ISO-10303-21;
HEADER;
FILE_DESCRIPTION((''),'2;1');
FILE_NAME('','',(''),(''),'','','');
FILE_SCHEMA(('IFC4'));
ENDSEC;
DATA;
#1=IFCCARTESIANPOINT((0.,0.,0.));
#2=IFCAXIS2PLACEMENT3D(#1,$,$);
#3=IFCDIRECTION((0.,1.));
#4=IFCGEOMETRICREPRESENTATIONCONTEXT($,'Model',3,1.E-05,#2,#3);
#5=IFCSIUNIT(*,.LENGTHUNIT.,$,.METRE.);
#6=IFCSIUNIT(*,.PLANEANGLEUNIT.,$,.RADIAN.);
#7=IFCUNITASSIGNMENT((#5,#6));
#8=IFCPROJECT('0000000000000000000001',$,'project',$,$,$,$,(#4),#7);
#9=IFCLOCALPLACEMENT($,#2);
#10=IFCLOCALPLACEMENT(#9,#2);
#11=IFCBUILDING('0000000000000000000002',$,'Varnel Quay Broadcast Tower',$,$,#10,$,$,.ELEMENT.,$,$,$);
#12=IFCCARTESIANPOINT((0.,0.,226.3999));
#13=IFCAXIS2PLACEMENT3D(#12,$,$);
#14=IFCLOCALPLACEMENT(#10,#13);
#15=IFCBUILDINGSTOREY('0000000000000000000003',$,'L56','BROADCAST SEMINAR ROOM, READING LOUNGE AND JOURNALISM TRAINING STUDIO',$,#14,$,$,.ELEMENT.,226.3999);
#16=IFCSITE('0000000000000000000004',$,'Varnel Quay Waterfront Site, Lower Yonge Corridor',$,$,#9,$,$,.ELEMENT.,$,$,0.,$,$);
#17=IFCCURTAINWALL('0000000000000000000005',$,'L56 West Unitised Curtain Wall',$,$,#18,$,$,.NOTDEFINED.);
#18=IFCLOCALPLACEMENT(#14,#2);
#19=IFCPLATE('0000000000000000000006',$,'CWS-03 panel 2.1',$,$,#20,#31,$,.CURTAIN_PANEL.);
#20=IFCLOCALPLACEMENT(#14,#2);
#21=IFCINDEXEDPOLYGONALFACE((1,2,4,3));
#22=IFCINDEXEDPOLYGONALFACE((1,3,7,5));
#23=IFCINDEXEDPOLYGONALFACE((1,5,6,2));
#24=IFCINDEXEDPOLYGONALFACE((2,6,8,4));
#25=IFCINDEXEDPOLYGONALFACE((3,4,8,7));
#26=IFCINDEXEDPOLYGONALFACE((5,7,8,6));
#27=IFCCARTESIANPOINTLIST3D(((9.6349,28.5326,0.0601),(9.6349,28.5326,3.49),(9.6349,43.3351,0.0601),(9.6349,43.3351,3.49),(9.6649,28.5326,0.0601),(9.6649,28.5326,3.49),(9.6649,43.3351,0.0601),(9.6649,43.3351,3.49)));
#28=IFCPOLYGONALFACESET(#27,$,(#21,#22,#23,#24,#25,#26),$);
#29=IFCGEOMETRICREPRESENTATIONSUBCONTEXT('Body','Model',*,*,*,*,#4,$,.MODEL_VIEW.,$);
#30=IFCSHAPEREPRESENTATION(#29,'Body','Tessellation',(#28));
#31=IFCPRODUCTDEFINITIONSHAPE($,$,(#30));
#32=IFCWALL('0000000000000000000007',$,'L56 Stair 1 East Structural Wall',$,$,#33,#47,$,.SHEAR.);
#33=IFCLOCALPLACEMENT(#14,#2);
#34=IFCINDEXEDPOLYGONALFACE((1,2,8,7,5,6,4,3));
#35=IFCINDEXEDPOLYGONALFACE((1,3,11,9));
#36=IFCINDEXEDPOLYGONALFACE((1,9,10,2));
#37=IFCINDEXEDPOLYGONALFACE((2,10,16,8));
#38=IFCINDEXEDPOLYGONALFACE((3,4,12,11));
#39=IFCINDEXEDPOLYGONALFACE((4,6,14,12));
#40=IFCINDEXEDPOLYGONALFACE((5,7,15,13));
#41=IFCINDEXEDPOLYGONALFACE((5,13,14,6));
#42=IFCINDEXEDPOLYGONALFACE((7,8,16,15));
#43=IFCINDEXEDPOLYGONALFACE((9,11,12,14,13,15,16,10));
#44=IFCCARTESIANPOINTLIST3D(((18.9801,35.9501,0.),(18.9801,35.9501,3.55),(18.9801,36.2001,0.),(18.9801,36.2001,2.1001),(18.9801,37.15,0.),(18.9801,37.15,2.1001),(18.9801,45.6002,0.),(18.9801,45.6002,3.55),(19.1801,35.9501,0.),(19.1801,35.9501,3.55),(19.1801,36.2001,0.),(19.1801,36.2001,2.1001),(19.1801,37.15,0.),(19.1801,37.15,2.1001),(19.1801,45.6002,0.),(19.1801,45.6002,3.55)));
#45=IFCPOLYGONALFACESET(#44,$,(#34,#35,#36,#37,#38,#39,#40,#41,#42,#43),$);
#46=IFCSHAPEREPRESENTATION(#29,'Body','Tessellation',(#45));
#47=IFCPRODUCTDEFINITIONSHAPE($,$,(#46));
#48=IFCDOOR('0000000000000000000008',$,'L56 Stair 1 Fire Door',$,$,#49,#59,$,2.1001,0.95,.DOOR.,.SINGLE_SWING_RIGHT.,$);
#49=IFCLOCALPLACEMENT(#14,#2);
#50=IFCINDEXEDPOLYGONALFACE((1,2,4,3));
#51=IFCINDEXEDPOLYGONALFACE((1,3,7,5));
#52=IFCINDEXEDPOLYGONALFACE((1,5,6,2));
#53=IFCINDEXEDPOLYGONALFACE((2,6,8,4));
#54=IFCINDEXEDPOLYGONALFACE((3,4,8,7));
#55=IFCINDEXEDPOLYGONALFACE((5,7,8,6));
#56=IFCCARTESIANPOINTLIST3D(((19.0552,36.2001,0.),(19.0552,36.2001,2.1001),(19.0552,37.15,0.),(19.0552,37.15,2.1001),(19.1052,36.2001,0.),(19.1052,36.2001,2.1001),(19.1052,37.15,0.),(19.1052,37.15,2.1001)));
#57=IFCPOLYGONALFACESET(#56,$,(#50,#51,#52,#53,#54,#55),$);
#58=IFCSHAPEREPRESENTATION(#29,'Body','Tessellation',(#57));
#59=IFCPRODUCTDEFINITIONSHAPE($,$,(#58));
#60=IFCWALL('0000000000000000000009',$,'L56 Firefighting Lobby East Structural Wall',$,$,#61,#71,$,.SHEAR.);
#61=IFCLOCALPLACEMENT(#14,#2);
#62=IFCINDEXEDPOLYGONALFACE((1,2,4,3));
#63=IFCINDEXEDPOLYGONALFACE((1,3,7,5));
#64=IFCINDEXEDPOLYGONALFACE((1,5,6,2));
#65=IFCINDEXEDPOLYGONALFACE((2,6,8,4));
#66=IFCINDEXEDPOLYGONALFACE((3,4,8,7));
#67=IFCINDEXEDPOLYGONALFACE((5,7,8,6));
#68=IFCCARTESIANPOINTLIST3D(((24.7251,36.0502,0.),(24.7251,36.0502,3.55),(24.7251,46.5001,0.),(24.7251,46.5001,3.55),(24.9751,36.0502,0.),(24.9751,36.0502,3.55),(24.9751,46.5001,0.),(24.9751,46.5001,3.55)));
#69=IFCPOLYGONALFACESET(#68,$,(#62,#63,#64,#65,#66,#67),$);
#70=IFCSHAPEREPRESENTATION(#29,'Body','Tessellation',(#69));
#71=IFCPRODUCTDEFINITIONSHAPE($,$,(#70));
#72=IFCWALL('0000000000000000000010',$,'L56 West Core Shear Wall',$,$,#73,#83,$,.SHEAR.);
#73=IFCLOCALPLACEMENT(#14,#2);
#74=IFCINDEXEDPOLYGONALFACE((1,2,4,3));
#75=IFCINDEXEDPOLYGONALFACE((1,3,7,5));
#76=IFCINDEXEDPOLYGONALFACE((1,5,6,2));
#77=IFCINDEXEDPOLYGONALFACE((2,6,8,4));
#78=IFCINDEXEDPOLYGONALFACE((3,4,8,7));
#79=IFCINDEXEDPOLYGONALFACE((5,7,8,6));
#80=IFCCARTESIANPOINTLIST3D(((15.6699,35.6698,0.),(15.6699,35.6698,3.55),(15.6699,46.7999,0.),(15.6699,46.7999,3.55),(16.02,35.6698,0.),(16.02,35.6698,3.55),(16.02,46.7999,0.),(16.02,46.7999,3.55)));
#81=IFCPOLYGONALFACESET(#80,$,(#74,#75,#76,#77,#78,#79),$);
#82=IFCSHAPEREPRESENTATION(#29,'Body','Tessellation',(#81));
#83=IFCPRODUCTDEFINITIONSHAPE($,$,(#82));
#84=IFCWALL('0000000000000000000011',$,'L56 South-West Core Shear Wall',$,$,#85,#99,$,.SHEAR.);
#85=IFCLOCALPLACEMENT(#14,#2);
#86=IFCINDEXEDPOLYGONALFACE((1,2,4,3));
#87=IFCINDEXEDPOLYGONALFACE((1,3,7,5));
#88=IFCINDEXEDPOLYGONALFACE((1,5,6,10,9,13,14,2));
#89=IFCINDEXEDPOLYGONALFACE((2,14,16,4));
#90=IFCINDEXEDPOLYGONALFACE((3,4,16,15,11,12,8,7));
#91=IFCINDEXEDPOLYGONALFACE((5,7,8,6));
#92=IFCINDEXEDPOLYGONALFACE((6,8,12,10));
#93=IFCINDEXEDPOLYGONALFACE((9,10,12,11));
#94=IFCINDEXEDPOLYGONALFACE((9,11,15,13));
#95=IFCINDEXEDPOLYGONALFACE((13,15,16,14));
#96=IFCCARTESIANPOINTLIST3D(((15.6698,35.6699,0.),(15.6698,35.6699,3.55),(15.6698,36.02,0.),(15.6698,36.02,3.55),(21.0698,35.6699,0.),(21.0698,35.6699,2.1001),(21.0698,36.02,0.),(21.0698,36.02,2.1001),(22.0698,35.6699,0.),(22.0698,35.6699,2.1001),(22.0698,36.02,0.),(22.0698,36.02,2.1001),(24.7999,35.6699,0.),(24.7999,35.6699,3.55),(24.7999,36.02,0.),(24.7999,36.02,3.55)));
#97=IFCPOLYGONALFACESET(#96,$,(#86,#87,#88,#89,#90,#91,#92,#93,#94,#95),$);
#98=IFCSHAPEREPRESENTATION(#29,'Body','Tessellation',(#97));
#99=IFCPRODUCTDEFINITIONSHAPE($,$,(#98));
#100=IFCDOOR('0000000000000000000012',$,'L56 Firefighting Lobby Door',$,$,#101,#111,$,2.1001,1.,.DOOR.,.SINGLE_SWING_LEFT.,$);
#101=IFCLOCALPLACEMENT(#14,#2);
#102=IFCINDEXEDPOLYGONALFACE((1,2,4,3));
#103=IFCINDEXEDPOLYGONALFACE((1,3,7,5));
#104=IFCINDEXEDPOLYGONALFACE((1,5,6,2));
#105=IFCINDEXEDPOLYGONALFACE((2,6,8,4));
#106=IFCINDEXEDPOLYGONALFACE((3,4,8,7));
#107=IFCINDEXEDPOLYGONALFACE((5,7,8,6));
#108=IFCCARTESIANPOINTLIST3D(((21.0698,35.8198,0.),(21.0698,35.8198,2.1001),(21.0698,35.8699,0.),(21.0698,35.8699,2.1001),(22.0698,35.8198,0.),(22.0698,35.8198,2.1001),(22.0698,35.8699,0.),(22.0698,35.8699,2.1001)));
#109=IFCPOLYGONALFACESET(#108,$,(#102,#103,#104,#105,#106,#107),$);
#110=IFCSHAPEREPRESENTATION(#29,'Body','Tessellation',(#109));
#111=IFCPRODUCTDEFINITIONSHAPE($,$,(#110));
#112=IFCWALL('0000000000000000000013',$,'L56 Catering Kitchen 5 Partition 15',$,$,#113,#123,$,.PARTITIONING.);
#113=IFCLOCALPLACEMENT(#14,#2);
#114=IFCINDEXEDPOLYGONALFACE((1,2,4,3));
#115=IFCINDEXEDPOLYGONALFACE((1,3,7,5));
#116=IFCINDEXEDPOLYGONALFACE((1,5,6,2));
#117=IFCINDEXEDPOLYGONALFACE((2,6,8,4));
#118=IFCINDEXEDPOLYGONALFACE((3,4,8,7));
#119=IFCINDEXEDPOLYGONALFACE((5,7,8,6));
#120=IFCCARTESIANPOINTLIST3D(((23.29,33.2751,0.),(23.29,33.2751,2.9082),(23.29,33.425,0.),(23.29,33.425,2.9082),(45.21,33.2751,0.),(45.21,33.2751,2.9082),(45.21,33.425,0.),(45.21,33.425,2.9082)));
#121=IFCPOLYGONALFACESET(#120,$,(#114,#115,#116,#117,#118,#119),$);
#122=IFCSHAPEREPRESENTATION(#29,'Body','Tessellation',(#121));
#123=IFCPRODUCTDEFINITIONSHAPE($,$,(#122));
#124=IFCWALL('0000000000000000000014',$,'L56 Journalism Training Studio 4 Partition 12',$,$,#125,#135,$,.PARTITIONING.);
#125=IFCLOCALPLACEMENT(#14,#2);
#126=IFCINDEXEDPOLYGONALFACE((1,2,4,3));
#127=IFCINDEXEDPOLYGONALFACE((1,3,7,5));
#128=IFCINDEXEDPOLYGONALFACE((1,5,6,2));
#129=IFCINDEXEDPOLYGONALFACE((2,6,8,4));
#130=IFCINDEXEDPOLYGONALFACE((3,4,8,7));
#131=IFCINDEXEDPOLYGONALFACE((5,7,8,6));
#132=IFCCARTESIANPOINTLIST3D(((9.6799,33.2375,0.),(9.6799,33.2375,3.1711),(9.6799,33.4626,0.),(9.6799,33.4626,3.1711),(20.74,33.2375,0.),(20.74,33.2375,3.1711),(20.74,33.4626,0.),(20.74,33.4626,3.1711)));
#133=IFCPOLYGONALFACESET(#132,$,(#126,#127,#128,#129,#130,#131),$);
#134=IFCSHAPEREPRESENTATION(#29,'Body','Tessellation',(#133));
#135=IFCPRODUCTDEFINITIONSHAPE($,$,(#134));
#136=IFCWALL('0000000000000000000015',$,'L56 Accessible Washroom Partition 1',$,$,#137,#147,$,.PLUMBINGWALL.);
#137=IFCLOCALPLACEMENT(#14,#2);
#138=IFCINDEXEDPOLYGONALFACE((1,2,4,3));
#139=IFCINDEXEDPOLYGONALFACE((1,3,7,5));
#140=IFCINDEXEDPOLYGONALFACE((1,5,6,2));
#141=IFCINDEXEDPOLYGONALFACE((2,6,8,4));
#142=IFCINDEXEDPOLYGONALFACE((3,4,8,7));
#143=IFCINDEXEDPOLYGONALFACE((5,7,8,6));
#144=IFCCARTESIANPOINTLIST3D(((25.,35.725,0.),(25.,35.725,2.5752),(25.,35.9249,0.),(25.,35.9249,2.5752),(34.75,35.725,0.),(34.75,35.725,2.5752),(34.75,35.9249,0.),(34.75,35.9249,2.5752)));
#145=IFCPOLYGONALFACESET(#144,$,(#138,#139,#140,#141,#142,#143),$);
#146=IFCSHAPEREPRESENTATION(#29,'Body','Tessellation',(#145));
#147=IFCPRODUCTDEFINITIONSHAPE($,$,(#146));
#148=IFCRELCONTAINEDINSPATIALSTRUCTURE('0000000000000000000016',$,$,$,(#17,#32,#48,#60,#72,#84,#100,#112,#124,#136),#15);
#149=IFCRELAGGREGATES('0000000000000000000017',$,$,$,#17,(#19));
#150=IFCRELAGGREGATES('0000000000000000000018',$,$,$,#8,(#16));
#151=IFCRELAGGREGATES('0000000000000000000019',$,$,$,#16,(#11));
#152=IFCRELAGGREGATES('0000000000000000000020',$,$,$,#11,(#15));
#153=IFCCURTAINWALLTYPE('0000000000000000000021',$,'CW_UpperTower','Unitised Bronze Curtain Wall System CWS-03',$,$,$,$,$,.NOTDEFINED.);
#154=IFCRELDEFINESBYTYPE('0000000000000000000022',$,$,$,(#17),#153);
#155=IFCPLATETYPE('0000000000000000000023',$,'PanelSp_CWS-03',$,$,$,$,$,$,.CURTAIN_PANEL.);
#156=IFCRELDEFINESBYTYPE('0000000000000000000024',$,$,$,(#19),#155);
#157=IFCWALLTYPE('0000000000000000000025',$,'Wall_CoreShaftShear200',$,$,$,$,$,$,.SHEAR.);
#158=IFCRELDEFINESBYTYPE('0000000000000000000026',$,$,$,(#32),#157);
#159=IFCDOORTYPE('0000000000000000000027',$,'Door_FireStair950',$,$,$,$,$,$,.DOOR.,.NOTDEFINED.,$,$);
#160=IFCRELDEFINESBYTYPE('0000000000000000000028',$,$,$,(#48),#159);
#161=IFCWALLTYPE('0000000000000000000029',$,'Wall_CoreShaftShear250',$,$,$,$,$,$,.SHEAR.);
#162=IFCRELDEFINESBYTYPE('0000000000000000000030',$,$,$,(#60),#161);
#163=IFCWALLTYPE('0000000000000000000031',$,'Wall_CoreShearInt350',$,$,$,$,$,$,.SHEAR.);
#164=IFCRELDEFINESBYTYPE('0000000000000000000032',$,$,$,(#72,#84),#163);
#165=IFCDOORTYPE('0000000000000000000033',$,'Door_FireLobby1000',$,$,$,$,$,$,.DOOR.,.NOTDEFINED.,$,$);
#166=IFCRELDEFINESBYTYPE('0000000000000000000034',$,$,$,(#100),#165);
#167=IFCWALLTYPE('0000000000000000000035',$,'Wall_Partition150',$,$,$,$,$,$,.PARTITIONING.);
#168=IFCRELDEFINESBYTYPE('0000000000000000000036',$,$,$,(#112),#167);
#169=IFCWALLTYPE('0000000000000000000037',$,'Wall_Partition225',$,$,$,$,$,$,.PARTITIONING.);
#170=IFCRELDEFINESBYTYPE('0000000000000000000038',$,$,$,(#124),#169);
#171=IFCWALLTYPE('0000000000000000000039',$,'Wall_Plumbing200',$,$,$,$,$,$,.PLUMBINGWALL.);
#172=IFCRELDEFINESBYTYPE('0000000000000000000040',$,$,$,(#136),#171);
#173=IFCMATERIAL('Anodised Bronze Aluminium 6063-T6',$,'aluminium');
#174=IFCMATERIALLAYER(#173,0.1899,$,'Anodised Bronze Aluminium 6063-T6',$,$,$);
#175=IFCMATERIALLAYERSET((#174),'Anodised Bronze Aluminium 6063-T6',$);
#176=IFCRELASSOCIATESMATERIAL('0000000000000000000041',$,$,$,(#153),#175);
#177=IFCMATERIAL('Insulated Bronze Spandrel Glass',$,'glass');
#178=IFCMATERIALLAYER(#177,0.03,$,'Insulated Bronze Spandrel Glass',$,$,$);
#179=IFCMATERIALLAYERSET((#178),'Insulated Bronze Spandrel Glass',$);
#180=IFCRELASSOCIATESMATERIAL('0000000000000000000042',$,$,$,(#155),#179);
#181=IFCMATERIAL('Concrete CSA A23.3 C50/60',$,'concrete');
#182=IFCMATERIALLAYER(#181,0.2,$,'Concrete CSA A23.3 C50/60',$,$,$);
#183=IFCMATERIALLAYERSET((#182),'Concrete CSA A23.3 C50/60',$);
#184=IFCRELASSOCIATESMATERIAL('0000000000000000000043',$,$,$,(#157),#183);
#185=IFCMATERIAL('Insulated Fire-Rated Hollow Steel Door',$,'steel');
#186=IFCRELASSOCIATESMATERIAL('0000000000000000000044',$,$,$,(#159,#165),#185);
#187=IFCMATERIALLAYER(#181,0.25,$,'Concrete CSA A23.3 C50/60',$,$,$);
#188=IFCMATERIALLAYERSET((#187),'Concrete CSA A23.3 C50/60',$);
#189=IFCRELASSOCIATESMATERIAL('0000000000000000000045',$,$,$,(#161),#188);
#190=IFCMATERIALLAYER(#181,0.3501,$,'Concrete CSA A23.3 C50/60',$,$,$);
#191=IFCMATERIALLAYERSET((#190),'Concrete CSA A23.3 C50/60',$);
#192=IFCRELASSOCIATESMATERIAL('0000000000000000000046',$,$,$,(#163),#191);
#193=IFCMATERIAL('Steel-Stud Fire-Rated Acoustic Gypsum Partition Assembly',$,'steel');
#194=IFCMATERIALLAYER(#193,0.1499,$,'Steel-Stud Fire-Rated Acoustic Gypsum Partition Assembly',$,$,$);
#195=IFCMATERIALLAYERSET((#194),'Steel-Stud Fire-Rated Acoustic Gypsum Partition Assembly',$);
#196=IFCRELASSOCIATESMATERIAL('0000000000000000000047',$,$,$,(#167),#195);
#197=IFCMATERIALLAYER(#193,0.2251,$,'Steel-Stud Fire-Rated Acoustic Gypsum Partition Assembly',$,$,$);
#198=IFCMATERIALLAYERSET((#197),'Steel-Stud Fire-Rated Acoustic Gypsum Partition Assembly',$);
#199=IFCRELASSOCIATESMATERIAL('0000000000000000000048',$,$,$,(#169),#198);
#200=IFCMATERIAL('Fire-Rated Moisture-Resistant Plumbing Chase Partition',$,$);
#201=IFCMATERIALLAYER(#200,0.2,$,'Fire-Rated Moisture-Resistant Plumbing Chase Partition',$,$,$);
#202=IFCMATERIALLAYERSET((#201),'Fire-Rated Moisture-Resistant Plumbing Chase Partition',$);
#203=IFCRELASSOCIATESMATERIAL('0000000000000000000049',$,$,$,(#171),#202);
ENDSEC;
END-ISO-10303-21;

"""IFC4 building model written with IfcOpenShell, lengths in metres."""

from ifc_helpers import new_model, si_unit, direction, frame, frame_2d, origin, origin_2d, place, context, subcontext, project, spatial, rectangle, extrude, source, transform, mapped, material, layer, layer_set, type_object, type_shapes, element, fill, aggregate, save


model = new_model("IFC4")

# Units and contexts
model_context = context("Model", 3, precision=1e-05, world=origin(), true_north=direction((0.0, 1.0)))
body_context = subcontext(model_context, "Body", "Model", "MODEL_VIEW")
ifc_project = project(units=[si_unit("LENGTHUNIT", "METRE"), si_unit("PLANEANGLEUNIT", "RADIAN")], contexts=[model_context])

# Site, building, storey
site_placement = place(None, origin())
site = spatial("IfcSite", under=ifc_project, at=site_placement, Name="Varnel Quay Waterfront Site, Lower Yonge Corridor", CompositionType="ELEMENT", RefElevation=0.0)
building_placement = place(site_placement, origin())
building = spatial("IfcBuilding", under=site, at=building_placement, Name="Varnel Quay Broadcast Tower", CompositionType="ELEMENT")
storey_placement = place(building_placement, frame((0.0, 0.0, 226.3999)))
storey = spatial("IfcBuildingStorey", under=building, at=storey_placement, Name="L56", Description="BROADCAST SEMINAR ROOM, READING LOUNGE AND JOURNALISM TRAINING STUDIO", CompositionType="ELEMENT", Elevation=226.3999)

# Shared definitions
ifc_material_1 = material(Name="Concrete CSA A23.3 C50/60", Category="concrete")

# Curtain wall
ifc_material_2 = material(Name="Anodised Bronze Aluminium 6063-T6", Category="aluminium")
ifc_layer_1 = layer(ifc_material_2, 0.1899, Name="Anodised Bronze Aluminium 6063-T6")
ifc_layer_set_1 = layer_set([ifc_layer_1], Name="Anodised Bronze Aluminium 6063-T6")
curtain_wall_type = type_object("IfcCurtainWallType", Name="CW_UpperTower", Description="Unitised Bronze Curtain Wall System CWS-03", PredefinedType="NOTDEFINED", material=ifc_layer_set_1)
curtain_wall_placement = place(storey_placement, origin())
curtain_wall = element("IfcCurtainWall", 1, at=curtain_wall_placement, inside=storey, type_object=curtain_wall_type, Name="L56 West Unitised Curtain Wall", PredefinedType="NOTDEFINED")

# Plate
ifc_material_3 = material(Name="Insulated Bronze Spandrel Glass", Category="glass")
ifc_layer_2 = layer(ifc_material_3, 0.03, Name="Insulated Bronze Spandrel Glass")
ifc_layer_set_2 = layer_set([ifc_layer_2], Name="Insulated Bronze Spandrel Glass")
plate_type_1 = type_object("IfcPlateType", Name="PanelSp_CWS-03", PredefinedType="CURTAIN_PANEL", material=ifc_layer_set_2)
shared_shape_1 = source(origin(), body_context, "Body", "SweptSolid", [
    extrude(rectangle(XDim=14.8025, YDim=0.03, at=origin_2d()), origin(), (0.0, 0.0, 1.0), 3.4299),
])
type_shapes(plate_type_1, [shared_shape_1])
plate_1_placement = place(storey_placement, frame((9.6499, 35.9338, 0.0601), z_axis=(0.0, 0.0, 1.0), x_axis=(0.0, 1.0, 0.0)))
plate_1 = element("IfcPlate", 2, at=plate_1_placement, type_object=plate_type_1, Name="CWS-03 panel 2.1", PredefinedType="CURTAIN_PANEL", context=body_context, shape_type="MappedRepresentation", body=[
    mapped(shared_shape_1, transform((0.0, 0.0, 0.0), x_axis=(1.0, 0.0, 0.0), y_axis=(0.0, 1.0, 0.0), z_axis=(0.0, 0.0, 1.0), scale=1.0)),
])
aggregate(curtain_wall, [plate_1])

# Wall, opening, door
ifc_layer_3 = layer(ifc_material_1, 0.2, Name="Concrete CSA A23.3 C50/60")
ifc_layer_set_3 = layer_set([ifc_layer_3], Name="Concrete CSA A23.3 C50/60")
wall_type_1 = type_object("IfcWallType", Name="Wall_CoreShaftShear200", PredefinedType="SHEAR", material=ifc_layer_set_3)
wall_1_placement = place(storey_placement, frame((19.0801, 35.95, 0.0), z_axis=(0.0, 0.0, 1.0), x_axis=(0.0, 1.0, 0.0)))
wall_1 = element("IfcWall", 3, at=wall_1_placement, inside=storey, type_object=wall_type_1, Name="L56 Stair 1 East Structural Wall", PredefinedType="SHEAR", context=body_context, shape_type="SweptSolid", body=[
    extrude(rectangle(XDim=9.6501, YDim=0.2, at=frame_2d((4.8252, 0.0))), origin(), (0.0, 0.0, 1.0), 3.55),
])
opening_1_placement = place(wall_1_placement, frame((0.25, 0.0, 0.0)))
opening_1 = element("IfcOpeningElement", 4, at=opening_1_placement, cuts=wall_1, PredefinedType="OPENING", context=body_context, shape_type="SweptSolid", body=[
    extrude(rectangle(XDim=0.95, YDim=2.1001, at=frame_2d((0.4751, 1.05))), frame((0.0, 0.1099, 0.0), z_axis=(0.0, -1.0, 0.0), x_axis=(1.0, 0.0, 0.0)), (0.0, 0.0, 1.0), 0.22),
])
ifc_material_4 = material(Name="Insulated Fire-Rated Hollow Steel Door", Category="steel")
door_type_1 = type_object("IfcDoorType", Name="Door_FireStair950", OperationType="NOTDEFINED", PredefinedType="DOOR", material=ifc_material_4)
shared_shape_2 = source(origin(), body_context, "Body", "SweptSolid", [
    extrude(rectangle(XDim=0.95, YDim=2.1001, at=frame_2d((0.4751, 1.05))), frame((0.0, 0.0249, 0.0), z_axis=(0.0, -1.0, 0.0), x_axis=(1.0, 0.0, 0.0)), (0.0, 0.0, 1.0), 0.05),
])
type_shapes(door_type_1, [shared_shape_2])
door_1_placement = place(opening_1_placement, origin())
door_1 = element("IfcDoor", 5, at=door_1_placement, inside=storey, type_object=door_type_1, Name="L56 Stair 1 Fire Door", OperationType="SINGLE_SWING_RIGHT", OverallHeight=2.1001, OverallWidth=0.95, PredefinedType="DOOR", context=body_context, shape_type="MappedRepresentation", body=[
    mapped(shared_shape_2, transform((0.0, 0.0, 0.0), x_axis=(1.0, 0.0, 0.0), y_axis=(0.0, 1.0, 0.0), z_axis=(0.0, 0.0, 1.0), scale=1.0)),
])
fill(opening_1, door_1)

# Walls
ifc_layer_4 = layer(ifc_material_1, 0.25, Name="Concrete CSA A23.3 C50/60")
ifc_layer_set_4 = layer_set([ifc_layer_4], Name="Concrete CSA A23.3 C50/60")
wall_type_2 = type_object("IfcWallType", Name="Wall_CoreShaftShear250", PredefinedType="SHEAR", material=ifc_layer_set_4)
wall_2_placement = place(storey_placement, frame((24.8501, 36.05, 0.0), z_axis=(0.0, 0.0, 1.0), x_axis=(0.0, 1.0, 0.0)))
element("IfcWall", 6, at=wall_2_placement, inside=storey, type_object=wall_type_2, Name="L56 Firefighting Lobby East Structural Wall", PredefinedType="SHEAR", context=body_context, shape_type="SweptSolid", body=[
    extrude(rectangle(XDim=10.45, YDim=0.25, at=frame_2d((5.2251, 0.0))), origin(), (0.0, 0.0, 1.0), 3.55),
])
ifc_layer_5 = layer(ifc_material_1, 0.3501, Name="Concrete CSA A23.3 C50/60")
ifc_layer_set_5 = layer_set([ifc_layer_5], Name="Concrete CSA A23.3 C50/60")
wall_type_3 = type_object("IfcWallType", Name="Wall_CoreShearInt350", PredefinedType="SHEAR", material=ifc_layer_set_5)
wall_3_placement = place(storey_placement, frame((15.845, 35.6699, 0.0), z_axis=(0.0, 0.0, 1.0), x_axis=(0.0, 1.0, 0.0)))
element("IfcWall", 7, at=wall_3_placement, inside=storey, type_object=wall_type_3, Name="L56 West Core Shear Wall", PredefinedType="SHEAR", context=body_context, shape_type="SweptSolid", body=[
    extrude(rectangle(XDim=11.1301, YDim=0.3501, at=frame_2d((5.5649, 0.0))), origin(), (0.0, 0.0, 1.0), 3.55),
])

# Wall, opening, door
wall_4_placement = place(storey_placement, frame((15.6699, 35.845, 0.0), z_axis=(0.0, 0.0, 1.0), x_axis=(1.0, 0.0, 0.0)))
wall_4 = element("IfcWall", 8, at=wall_4_placement, inside=storey, type_object=wall_type_3, Name="L56 South-West Core Shear Wall", PredefinedType="SHEAR", context=body_context, shape_type="SweptSolid", body=[
    extrude(rectangle(XDim=9.1301, YDim=0.3501, at=frame_2d((4.5649, 0.0))), origin(), (0.0, 0.0, 1.0), 3.55),
])
opening_2_placement = place(wall_4_placement, frame((5.3999, 0.0, 0.0)))
opening_2 = element("IfcOpeningElement", 9, at=opening_2_placement, cuts=wall_4, PredefinedType="OPENING", context=body_context, shape_type="SweptSolid", body=[
    extrude(rectangle(XDim=1.0, YDim=2.1001, at=frame_2d((0.5, 1.05))), frame((0.0, 0.1851, 0.0), z_axis=(0.0, -1.0, 0.0), x_axis=(1.0, 0.0, 0.0)), (0.0, 0.0, 1.0), 0.3701),
])
door_type_2 = type_object("IfcDoorType", Name="Door_FireLobby1000", OperationType="NOTDEFINED", PredefinedType="DOOR", material=ifc_material_4)
shared_shape_3 = source(origin(), body_context, "Body", "SweptSolid", [
    extrude(rectangle(XDim=1.0, YDim=2.1001, at=frame_2d((0.5, 1.05))), frame((0.0, 0.0249, 0.0), z_axis=(0.0, -1.0, 0.0), x_axis=(1.0, 0.0, 0.0)), (0.0, 0.0, 1.0), 0.05),
])
type_shapes(door_type_2, [shared_shape_3])
door_2_placement = place(opening_2_placement, origin())
door_2 = element("IfcDoor", 10, at=door_2_placement, inside=storey, type_object=door_type_2, Name="L56 Firefighting Lobby Door", OperationType="SINGLE_SWING_LEFT", OverallHeight=2.1001, OverallWidth=1.0, PredefinedType="DOOR", context=body_context, shape_type="MappedRepresentation", body=[
    mapped(shared_shape_3, transform((0.0, 0.0, 0.0), x_axis=(1.0, 0.0, 0.0), y_axis=(0.0, 1.0, 0.0), z_axis=(0.0, 0.0, 1.0), scale=1.0)),
])
fill(opening_2, door_2)

# Walls
ifc_material_5 = material(Name="Steel-Stud Fire-Rated Acoustic Gypsum Partition Assembly", Category="steel")
ifc_layer_6 = layer(ifc_material_5, 0.1499, Name="Steel-Stud Fire-Rated Acoustic Gypsum Partition Assembly")
ifc_layer_set_6 = layer_set([ifc_layer_6], Name="Steel-Stud Fire-Rated Acoustic Gypsum Partition Assembly")
wall_type_4 = type_object("IfcWallType", Name="Wall_Partition150", PredefinedType="PARTITIONING", material=ifc_layer_set_6)
wall_5_placement = place(storey_placement, frame((23.29, 33.3501, 0.0), z_axis=(0.0, 0.0, 1.0), x_axis=(1.0, 0.0, 0.0)))
element("IfcWall", 11, at=wall_5_placement, inside=storey, type_object=wall_type_4, Name="L56 Catering Kitchen 5 Partition 15", PredefinedType="PARTITIONING", context=body_context, shape_type="SweptSolid", body=[
    extrude(rectangle(XDim=21.9199, YDim=0.1499, at=frame_2d((10.96, 0.0))), origin(), (0.0, 0.0, 1.0), 2.9082),
])
ifc_layer_7 = layer(ifc_material_5, 0.2251, Name="Steel-Stud Fire-Rated Acoustic Gypsum Partition Assembly")
ifc_layer_set_7 = layer_set([ifc_layer_7], Name="Steel-Stud Fire-Rated Acoustic Gypsum Partition Assembly")
wall_type_5 = type_object("IfcWallType", Name="Wall_Partition225", PredefinedType="PARTITIONING", material=ifc_layer_set_7)
wall_6_placement = place(storey_placement, frame((9.6799, 33.3501, 0.0), z_axis=(0.0, 0.0, 1.0), x_axis=(1.0, 0.0, 0.0)))
element("IfcWall", 12, at=wall_6_placement, inside=storey, type_object=wall_type_5, Name="L56 Journalism Training Studio 4 Partition 12", PredefinedType="PARTITIONING", context=body_context, shape_type="SweptSolid", body=[
    extrude(rectangle(XDim=11.0601, YDim=0.2251, at=frame_2d((5.53, 0.0))), origin(), (0.0, 0.0, 1.0), 3.1711),
])
ifc_material_6 = material(Name="Fire-Rated Moisture-Resistant Plumbing Chase Partition")
ifc_layer_8 = layer(ifc_material_6, 0.2, Name="Fire-Rated Moisture-Resistant Plumbing Chase Partition")
ifc_layer_set_8 = layer_set([ifc_layer_8], Name="Fire-Rated Moisture-Resistant Plumbing Chase Partition")
wall_type_6 = type_object("IfcWallType", Name="Wall_Plumbing200", PredefinedType="PLUMBINGWALL", material=ifc_layer_set_8)
wall_7_placement = place(storey_placement, frame((25.0, 35.825, 0.0), z_axis=(0.0, 0.0, 1.0), x_axis=(1.0, 0.0, 0.0)))
element("IfcWall", 13, at=wall_7_placement, inside=storey, type_object=wall_type_6, Name="L56 Accessible Washroom Partition 1", PredefinedType="PLUMBINGWALL", context=body_context, shape_type="SweptSolid", body=[
    extrude(rectangle(XDim=9.75, YDim=0.2, at=frame_2d((4.875, 0.0))), origin(), (0.0, 0.0, 1.0), 2.5752),
])

save(model, "model.ifc")
